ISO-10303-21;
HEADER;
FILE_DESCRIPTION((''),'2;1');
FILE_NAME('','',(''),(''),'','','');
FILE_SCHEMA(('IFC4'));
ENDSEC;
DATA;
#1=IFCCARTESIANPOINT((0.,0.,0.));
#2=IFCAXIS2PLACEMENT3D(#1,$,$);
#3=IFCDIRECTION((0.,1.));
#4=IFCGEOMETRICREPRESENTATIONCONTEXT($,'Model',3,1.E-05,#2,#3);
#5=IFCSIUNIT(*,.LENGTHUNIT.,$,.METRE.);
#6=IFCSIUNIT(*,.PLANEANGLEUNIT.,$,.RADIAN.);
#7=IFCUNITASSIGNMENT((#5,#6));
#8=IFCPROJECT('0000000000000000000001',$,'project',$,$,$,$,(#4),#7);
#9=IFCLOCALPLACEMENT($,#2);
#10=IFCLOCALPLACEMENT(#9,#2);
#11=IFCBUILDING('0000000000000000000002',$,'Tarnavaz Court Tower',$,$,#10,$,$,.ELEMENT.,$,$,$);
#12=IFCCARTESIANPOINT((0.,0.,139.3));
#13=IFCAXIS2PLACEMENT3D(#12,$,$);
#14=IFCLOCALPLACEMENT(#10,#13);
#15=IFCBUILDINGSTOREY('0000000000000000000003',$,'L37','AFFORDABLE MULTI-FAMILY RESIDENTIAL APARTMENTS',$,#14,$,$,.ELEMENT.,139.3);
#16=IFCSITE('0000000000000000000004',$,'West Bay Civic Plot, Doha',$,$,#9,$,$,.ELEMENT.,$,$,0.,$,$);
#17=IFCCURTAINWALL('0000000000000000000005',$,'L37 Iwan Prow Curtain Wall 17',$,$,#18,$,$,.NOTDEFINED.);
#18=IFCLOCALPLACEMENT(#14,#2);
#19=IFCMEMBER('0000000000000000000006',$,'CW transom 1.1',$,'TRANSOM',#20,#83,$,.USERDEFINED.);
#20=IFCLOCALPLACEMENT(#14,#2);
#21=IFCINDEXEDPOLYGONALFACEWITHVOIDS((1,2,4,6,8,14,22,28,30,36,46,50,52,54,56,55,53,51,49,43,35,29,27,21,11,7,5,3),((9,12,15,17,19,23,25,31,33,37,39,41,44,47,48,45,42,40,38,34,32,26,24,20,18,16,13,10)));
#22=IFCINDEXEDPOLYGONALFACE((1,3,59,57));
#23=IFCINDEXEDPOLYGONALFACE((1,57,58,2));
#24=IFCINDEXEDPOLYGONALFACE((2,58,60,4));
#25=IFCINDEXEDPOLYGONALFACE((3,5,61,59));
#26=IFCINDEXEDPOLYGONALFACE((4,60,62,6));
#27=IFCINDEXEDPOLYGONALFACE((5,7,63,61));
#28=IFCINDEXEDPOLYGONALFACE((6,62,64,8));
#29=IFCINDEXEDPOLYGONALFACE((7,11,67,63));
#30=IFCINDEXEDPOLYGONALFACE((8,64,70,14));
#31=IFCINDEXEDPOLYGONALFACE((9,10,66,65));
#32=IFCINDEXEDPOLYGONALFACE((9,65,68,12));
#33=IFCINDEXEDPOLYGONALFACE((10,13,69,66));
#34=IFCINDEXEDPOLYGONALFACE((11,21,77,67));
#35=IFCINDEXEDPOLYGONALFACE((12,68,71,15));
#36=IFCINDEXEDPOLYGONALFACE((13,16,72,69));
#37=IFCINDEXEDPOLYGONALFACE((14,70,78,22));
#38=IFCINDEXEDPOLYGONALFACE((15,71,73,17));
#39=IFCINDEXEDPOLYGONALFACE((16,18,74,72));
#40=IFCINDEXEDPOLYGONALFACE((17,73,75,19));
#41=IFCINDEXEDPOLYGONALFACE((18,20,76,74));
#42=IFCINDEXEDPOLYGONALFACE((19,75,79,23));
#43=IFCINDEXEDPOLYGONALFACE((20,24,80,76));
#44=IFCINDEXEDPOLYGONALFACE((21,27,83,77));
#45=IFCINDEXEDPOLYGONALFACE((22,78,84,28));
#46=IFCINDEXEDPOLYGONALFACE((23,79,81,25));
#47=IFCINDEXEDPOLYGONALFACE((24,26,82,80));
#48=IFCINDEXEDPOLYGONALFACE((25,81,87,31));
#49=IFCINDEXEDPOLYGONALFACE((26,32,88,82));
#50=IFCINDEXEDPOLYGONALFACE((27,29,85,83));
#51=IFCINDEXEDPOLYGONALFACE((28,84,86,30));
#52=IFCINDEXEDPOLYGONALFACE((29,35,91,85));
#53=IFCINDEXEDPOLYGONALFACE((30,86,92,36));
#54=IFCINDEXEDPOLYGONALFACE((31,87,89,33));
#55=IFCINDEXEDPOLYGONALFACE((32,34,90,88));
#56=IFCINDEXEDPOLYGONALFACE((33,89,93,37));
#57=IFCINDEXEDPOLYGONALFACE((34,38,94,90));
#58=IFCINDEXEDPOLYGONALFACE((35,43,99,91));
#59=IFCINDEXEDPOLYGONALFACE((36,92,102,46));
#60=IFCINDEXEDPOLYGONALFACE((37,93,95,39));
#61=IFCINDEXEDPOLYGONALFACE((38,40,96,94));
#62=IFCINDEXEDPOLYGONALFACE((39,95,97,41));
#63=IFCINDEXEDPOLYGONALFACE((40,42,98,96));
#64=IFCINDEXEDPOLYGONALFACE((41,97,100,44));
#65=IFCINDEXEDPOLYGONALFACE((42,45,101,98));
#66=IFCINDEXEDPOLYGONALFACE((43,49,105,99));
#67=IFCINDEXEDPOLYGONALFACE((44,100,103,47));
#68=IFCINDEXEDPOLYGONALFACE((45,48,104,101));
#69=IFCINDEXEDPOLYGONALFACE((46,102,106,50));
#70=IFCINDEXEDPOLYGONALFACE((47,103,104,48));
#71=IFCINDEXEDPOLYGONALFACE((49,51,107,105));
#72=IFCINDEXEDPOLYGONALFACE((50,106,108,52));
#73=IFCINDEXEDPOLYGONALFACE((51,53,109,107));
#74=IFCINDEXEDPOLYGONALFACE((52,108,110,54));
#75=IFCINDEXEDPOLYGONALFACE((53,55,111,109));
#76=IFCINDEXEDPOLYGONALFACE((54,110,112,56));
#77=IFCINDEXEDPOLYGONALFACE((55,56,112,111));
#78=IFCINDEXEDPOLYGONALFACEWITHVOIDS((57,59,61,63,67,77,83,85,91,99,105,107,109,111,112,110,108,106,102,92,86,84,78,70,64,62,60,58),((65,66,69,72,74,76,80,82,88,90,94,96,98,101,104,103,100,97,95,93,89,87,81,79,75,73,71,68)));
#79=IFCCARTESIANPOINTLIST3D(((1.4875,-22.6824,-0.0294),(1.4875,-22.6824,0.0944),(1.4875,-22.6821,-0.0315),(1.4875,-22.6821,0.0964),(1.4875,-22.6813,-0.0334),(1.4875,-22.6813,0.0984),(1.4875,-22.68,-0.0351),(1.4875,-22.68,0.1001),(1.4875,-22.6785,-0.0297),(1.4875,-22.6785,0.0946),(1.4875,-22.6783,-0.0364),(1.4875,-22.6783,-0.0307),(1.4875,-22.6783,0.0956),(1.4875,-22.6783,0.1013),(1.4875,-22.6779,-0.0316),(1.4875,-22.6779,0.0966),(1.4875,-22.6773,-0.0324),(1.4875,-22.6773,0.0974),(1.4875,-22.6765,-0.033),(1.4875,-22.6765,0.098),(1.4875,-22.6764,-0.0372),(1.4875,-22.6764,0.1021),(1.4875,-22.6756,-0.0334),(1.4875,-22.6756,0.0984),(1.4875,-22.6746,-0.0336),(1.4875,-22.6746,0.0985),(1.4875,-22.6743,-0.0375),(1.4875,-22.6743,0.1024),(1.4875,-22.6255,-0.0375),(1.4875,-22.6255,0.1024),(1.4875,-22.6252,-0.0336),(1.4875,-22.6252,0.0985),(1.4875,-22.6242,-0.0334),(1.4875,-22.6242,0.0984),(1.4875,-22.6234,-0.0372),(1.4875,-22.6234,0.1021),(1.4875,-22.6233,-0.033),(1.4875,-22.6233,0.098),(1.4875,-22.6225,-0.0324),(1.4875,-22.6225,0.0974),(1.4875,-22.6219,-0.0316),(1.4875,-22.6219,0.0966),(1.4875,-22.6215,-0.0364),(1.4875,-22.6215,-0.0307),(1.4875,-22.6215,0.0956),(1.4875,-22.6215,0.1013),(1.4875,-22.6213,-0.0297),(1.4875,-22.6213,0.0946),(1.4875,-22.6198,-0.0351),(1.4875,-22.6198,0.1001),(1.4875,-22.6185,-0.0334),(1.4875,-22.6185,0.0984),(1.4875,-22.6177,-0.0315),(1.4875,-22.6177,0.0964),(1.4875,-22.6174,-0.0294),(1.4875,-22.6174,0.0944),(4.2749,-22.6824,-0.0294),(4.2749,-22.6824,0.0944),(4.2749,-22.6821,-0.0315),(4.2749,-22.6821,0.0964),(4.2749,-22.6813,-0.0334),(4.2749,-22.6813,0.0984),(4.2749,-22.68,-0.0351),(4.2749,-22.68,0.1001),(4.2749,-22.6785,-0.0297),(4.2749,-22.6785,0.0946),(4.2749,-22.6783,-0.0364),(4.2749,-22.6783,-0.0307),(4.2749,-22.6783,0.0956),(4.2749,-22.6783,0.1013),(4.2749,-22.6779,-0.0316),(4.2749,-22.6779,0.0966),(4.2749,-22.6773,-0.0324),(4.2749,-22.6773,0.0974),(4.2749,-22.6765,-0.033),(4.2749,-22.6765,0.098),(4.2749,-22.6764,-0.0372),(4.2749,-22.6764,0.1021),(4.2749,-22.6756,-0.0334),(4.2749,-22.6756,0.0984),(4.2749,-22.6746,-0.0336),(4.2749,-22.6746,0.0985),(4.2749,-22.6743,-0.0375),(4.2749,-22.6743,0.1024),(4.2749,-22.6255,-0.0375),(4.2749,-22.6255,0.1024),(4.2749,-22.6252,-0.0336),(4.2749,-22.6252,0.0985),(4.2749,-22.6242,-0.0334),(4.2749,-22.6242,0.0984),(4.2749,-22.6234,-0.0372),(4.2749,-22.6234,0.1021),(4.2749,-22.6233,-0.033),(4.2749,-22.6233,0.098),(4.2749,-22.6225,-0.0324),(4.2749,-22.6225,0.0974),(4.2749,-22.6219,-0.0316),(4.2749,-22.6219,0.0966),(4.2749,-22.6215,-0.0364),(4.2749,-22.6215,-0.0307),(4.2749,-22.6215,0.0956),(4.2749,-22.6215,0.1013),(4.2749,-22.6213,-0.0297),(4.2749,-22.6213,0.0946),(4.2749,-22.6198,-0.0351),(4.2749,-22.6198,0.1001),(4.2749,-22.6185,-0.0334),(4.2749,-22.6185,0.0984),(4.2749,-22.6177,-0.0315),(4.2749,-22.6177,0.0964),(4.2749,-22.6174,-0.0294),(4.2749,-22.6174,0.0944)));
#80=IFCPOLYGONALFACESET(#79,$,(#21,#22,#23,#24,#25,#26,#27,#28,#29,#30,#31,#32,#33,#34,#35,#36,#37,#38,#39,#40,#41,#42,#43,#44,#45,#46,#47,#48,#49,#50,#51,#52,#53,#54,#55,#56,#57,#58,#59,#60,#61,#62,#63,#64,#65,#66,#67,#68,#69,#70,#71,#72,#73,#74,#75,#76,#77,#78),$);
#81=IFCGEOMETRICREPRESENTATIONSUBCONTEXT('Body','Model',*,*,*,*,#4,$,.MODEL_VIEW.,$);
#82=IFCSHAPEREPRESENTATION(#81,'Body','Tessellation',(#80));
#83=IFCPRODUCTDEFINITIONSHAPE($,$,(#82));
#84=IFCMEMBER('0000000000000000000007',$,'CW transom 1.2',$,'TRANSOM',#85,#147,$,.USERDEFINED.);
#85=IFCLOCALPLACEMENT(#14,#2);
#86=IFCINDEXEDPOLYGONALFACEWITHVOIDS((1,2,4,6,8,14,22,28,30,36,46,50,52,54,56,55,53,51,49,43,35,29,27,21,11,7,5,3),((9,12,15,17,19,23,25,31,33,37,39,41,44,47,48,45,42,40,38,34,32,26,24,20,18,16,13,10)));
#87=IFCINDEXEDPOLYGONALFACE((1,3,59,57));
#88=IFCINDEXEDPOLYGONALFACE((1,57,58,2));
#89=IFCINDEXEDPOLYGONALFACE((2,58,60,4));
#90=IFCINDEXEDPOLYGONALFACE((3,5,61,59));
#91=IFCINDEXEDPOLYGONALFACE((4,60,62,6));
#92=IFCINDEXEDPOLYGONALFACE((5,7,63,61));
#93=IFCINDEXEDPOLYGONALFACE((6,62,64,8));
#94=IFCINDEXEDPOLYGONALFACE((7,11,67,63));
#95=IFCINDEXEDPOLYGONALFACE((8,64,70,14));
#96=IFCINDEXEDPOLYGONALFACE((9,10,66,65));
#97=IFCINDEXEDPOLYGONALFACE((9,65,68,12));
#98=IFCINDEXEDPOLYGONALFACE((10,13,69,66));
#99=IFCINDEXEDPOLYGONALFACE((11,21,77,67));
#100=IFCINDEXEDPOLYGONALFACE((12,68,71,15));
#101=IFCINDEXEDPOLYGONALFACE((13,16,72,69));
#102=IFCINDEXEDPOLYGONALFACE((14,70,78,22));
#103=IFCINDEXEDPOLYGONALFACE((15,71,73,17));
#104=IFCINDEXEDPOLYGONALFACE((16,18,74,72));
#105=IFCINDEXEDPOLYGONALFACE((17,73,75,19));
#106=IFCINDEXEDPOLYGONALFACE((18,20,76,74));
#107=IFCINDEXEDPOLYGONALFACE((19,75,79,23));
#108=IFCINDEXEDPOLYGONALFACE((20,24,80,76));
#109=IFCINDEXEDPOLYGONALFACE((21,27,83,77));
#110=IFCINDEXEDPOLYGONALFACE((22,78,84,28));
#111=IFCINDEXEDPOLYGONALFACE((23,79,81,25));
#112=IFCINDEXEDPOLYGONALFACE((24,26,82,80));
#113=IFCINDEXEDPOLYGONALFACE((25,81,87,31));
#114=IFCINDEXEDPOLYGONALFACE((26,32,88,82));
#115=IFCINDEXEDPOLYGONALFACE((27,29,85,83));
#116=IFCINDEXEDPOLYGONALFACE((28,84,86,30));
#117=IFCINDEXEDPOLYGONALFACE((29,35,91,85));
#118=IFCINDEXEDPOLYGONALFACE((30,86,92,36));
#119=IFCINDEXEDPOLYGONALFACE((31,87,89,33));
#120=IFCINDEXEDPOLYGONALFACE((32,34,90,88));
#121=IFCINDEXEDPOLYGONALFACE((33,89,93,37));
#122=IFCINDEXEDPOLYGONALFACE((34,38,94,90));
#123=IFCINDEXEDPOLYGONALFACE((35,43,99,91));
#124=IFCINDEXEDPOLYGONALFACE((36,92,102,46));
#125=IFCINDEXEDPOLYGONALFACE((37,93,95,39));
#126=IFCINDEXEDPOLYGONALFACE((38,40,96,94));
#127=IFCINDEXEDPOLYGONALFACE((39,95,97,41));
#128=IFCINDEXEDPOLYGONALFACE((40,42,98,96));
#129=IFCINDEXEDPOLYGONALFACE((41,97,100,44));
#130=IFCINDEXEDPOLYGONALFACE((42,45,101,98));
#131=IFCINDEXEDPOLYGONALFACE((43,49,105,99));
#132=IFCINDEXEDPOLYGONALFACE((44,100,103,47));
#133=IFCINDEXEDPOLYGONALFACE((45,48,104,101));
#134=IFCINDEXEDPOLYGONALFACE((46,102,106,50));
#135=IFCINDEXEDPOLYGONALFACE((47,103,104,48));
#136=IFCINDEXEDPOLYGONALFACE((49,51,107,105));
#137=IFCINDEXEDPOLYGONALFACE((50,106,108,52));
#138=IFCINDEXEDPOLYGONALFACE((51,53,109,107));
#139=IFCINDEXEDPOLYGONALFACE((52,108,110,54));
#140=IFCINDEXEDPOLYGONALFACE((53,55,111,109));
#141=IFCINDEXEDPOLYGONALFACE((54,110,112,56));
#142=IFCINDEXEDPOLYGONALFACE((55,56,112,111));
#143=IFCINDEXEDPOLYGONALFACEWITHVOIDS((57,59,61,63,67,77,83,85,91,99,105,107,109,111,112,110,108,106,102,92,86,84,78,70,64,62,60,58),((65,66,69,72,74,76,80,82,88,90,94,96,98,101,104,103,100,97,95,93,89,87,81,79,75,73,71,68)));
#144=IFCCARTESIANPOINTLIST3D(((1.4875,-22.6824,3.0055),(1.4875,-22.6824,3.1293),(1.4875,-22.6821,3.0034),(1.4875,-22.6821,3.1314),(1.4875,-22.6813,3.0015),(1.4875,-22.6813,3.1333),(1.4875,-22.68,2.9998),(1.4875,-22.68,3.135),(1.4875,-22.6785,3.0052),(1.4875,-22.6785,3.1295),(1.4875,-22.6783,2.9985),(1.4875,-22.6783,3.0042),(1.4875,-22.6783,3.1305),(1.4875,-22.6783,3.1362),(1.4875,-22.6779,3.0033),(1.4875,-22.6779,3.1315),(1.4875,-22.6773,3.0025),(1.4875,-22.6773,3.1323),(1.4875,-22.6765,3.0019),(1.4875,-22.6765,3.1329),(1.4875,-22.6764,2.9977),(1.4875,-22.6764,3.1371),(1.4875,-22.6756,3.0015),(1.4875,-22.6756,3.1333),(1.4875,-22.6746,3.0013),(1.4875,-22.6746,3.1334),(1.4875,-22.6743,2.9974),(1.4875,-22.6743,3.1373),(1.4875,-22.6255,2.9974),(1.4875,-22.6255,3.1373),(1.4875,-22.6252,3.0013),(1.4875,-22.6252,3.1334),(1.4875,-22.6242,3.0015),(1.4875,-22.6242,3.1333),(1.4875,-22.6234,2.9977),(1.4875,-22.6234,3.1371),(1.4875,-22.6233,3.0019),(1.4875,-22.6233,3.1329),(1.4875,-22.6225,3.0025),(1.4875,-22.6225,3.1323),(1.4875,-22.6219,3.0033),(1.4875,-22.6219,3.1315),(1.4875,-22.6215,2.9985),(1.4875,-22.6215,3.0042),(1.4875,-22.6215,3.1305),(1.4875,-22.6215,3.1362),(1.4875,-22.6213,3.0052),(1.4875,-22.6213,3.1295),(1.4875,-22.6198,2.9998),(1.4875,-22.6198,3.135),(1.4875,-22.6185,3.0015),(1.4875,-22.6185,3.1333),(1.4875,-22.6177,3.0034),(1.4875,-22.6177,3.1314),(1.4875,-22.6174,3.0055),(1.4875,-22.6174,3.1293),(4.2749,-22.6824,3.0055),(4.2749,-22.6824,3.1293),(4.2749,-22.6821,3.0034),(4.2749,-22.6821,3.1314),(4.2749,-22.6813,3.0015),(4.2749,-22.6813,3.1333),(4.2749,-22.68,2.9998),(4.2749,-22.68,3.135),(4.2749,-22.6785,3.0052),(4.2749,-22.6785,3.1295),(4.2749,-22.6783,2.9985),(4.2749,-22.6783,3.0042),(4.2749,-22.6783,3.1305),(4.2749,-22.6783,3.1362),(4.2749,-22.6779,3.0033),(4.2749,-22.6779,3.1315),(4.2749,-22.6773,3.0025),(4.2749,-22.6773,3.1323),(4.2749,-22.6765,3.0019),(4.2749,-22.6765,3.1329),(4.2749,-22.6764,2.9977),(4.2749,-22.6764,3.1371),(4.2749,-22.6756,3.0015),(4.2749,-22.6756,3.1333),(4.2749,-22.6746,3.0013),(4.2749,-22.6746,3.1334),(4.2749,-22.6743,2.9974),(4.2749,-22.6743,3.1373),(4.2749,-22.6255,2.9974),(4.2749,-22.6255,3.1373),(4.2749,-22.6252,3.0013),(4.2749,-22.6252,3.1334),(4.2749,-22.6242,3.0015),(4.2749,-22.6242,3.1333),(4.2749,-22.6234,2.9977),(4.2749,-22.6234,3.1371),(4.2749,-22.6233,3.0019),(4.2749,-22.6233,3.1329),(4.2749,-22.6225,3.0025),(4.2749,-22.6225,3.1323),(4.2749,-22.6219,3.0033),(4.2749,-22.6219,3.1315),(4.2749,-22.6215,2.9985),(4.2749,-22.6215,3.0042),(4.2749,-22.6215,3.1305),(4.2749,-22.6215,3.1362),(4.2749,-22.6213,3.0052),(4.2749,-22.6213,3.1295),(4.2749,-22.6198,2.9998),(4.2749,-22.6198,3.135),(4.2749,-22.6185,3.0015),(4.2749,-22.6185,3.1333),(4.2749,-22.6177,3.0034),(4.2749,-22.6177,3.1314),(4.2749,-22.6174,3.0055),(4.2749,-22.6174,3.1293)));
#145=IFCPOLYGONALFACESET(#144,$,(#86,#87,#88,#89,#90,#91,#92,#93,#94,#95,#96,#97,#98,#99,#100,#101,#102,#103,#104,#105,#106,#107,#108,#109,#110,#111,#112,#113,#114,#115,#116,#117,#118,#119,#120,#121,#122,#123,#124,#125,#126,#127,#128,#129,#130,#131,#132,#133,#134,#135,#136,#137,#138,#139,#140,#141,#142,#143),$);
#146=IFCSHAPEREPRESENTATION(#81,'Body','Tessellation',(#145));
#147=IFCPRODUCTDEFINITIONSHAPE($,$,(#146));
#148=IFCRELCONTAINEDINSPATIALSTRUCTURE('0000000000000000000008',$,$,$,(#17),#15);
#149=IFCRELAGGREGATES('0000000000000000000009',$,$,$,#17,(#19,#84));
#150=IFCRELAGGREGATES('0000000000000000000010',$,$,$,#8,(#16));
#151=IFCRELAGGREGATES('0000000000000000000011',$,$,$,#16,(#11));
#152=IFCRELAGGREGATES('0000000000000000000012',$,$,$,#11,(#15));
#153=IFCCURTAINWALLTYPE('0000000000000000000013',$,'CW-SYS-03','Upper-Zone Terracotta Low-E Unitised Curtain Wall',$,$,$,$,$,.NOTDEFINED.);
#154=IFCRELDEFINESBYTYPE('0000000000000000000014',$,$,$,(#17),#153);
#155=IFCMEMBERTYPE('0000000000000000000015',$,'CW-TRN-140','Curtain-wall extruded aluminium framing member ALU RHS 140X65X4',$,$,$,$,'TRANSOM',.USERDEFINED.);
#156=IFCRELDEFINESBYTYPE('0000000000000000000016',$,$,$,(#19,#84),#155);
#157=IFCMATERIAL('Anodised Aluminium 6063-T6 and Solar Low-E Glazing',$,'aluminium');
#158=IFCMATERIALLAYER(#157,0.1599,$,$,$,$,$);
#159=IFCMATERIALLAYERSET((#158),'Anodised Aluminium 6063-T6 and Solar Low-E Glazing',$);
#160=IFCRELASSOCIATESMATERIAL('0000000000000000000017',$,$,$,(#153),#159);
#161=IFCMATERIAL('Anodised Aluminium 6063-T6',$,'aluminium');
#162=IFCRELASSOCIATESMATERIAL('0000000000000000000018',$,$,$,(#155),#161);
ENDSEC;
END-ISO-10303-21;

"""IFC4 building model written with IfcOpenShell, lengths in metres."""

from ifc_helpers import new_model, si_unit, direction, frame, origin, origin_2d, place, context, subcontext, project, spatial, hollow_rectangle, extrude, material, layer, layer_set, material_profile, profile_set, type_object, element, aggregate, save


model = new_model("IFC4")

# Units and contexts
model_context = context("Model", 3, precision=1e-05, world=origin(), true_north=direction((0.0, 1.0)))
body_context = subcontext(model_context, "Body", "Model", "MODEL_VIEW")
ifc_project = project(units=[si_unit("LENGTHUNIT", "METRE"), si_unit("PLANEANGLEUNIT", "RADIAN")], contexts=[model_context])

# Site, building, storey
site_placement = place(None, origin())
site = spatial("IfcSite", under=ifc_project, at=site_placement, Name="West Bay Civic Plot, Doha", CompositionType="ELEMENT", RefElevation=0.0)
building_placement = place(site_placement, origin())
building = spatial("IfcBuilding", under=site, at=building_placement, Name="Tarnavaz Court Tower", CompositionType="ELEMENT")
storey_placement = place(building_placement, frame((0.0, 0.0, 139.3)))
storey = spatial("IfcBuildingStorey", under=building, at=storey_placement, Name="L37", Description="AFFORDABLE MULTI-FAMILY RESIDENTIAL APARTMENTS", CompositionType="ELEMENT", Elevation=139.3)

# Curtain wall, members
ifc_material_1 = material(Name="Anodised Aluminium 6063-T6 and Solar Low-E Glazing", Category="aluminium")
ifc_layer_1 = layer(ifc_material_1, 0.1599)
ifc_layer_set_1 = layer_set([ifc_layer_1], Name="Anodised Aluminium 6063-T6 and Solar Low-E Glazing")
curtain_wall_type = type_object("IfcCurtainWallType", Name="CW-SYS-03", Description="Upper-Zone Terracotta Low-E Unitised Curtain Wall", PredefinedType="NOTDEFINED", material=ifc_layer_set_1)
curtain_wall_placement = place(storey_placement, origin())
curtain_wall = element("IfcCurtainWall", 1, at=curtain_wall_placement, inside=storey, type_object=curtain_wall_type, Name="L37 Iwan Prow Curtain Wall 17", PredefinedType="NOTDEFINED")
ifc_material_2 = material(Name="Anodised Aluminium 6063-T6", Category="aluminium")
ifc_material_profile_1 = material_profile(ifc_material_2, hollow_rectangle(XDim=0.0649, YDim=0.1399, WallThickness=0.0039, InnerFilletRadius=0.0039, OuterFilletRadius=0.0081, at=origin_2d()), Name="ALU RHS 140X65X4")
ifc_profile_set_1 = profile_set([ifc_material_profile_1], Name="Anodised Aluminium 6063-T6")
member_type_1 = type_object("IfcMemberType", Name="CW-TRN-140", Description="Curtain-wall extruded aluminium framing member ALU RHS 140X65X4", ElementType="TRANSOM", PredefinedType="USERDEFINED", material=ifc_profile_set_1)
member_1_placement = place(storey_placement, frame((4.2749, -22.6499, 0.0325), z_axis=(-1.0, 0.0, 0.0), x_axis=(0.0, -1.0, 0.0)))
member_1 = element("IfcMember", 2, at=member_1_placement, type_object=member_type_1, Name="CW transom 1.1", ObjectType="TRANSOM", PredefinedType="USERDEFINED", context=body_context, shape_type="SweptSolid", body=[
    extrude(hollow_rectangle(XDim=0.0649, YDim=0.1399, WallThickness=0.0039, InnerFilletRadius=0.0039, OuterFilletRadius=0.0081, at=origin_2d()), origin(), (0.0, 0.0, 1.0), 2.7874),
])
member_2_placement = place(storey_placement, frame((4.2749, -22.6499, 3.0674), z_axis=(-1.0, 0.0, 0.0), x_axis=(0.0, -1.0, 0.0)))
member_2 = element("IfcMember", 3, at=member_2_placement, type_object=member_type_1, Name="CW transom 1.2", ObjectType="TRANSOM", PredefinedType="USERDEFINED", context=body_context, shape_type="SweptSolid", body=[
    extrude(hollow_rectangle(XDim=0.0649, YDim=0.1399, WallThickness=0.0039, InnerFilletRadius=0.0039, OuterFilletRadius=0.0081, at=origin_2d()), origin(), (0.0, 0.0, 1.0), 2.7874),
])
aggregate(curtain_wall, [member_1, member_2])

save(model, "model.ifc")
